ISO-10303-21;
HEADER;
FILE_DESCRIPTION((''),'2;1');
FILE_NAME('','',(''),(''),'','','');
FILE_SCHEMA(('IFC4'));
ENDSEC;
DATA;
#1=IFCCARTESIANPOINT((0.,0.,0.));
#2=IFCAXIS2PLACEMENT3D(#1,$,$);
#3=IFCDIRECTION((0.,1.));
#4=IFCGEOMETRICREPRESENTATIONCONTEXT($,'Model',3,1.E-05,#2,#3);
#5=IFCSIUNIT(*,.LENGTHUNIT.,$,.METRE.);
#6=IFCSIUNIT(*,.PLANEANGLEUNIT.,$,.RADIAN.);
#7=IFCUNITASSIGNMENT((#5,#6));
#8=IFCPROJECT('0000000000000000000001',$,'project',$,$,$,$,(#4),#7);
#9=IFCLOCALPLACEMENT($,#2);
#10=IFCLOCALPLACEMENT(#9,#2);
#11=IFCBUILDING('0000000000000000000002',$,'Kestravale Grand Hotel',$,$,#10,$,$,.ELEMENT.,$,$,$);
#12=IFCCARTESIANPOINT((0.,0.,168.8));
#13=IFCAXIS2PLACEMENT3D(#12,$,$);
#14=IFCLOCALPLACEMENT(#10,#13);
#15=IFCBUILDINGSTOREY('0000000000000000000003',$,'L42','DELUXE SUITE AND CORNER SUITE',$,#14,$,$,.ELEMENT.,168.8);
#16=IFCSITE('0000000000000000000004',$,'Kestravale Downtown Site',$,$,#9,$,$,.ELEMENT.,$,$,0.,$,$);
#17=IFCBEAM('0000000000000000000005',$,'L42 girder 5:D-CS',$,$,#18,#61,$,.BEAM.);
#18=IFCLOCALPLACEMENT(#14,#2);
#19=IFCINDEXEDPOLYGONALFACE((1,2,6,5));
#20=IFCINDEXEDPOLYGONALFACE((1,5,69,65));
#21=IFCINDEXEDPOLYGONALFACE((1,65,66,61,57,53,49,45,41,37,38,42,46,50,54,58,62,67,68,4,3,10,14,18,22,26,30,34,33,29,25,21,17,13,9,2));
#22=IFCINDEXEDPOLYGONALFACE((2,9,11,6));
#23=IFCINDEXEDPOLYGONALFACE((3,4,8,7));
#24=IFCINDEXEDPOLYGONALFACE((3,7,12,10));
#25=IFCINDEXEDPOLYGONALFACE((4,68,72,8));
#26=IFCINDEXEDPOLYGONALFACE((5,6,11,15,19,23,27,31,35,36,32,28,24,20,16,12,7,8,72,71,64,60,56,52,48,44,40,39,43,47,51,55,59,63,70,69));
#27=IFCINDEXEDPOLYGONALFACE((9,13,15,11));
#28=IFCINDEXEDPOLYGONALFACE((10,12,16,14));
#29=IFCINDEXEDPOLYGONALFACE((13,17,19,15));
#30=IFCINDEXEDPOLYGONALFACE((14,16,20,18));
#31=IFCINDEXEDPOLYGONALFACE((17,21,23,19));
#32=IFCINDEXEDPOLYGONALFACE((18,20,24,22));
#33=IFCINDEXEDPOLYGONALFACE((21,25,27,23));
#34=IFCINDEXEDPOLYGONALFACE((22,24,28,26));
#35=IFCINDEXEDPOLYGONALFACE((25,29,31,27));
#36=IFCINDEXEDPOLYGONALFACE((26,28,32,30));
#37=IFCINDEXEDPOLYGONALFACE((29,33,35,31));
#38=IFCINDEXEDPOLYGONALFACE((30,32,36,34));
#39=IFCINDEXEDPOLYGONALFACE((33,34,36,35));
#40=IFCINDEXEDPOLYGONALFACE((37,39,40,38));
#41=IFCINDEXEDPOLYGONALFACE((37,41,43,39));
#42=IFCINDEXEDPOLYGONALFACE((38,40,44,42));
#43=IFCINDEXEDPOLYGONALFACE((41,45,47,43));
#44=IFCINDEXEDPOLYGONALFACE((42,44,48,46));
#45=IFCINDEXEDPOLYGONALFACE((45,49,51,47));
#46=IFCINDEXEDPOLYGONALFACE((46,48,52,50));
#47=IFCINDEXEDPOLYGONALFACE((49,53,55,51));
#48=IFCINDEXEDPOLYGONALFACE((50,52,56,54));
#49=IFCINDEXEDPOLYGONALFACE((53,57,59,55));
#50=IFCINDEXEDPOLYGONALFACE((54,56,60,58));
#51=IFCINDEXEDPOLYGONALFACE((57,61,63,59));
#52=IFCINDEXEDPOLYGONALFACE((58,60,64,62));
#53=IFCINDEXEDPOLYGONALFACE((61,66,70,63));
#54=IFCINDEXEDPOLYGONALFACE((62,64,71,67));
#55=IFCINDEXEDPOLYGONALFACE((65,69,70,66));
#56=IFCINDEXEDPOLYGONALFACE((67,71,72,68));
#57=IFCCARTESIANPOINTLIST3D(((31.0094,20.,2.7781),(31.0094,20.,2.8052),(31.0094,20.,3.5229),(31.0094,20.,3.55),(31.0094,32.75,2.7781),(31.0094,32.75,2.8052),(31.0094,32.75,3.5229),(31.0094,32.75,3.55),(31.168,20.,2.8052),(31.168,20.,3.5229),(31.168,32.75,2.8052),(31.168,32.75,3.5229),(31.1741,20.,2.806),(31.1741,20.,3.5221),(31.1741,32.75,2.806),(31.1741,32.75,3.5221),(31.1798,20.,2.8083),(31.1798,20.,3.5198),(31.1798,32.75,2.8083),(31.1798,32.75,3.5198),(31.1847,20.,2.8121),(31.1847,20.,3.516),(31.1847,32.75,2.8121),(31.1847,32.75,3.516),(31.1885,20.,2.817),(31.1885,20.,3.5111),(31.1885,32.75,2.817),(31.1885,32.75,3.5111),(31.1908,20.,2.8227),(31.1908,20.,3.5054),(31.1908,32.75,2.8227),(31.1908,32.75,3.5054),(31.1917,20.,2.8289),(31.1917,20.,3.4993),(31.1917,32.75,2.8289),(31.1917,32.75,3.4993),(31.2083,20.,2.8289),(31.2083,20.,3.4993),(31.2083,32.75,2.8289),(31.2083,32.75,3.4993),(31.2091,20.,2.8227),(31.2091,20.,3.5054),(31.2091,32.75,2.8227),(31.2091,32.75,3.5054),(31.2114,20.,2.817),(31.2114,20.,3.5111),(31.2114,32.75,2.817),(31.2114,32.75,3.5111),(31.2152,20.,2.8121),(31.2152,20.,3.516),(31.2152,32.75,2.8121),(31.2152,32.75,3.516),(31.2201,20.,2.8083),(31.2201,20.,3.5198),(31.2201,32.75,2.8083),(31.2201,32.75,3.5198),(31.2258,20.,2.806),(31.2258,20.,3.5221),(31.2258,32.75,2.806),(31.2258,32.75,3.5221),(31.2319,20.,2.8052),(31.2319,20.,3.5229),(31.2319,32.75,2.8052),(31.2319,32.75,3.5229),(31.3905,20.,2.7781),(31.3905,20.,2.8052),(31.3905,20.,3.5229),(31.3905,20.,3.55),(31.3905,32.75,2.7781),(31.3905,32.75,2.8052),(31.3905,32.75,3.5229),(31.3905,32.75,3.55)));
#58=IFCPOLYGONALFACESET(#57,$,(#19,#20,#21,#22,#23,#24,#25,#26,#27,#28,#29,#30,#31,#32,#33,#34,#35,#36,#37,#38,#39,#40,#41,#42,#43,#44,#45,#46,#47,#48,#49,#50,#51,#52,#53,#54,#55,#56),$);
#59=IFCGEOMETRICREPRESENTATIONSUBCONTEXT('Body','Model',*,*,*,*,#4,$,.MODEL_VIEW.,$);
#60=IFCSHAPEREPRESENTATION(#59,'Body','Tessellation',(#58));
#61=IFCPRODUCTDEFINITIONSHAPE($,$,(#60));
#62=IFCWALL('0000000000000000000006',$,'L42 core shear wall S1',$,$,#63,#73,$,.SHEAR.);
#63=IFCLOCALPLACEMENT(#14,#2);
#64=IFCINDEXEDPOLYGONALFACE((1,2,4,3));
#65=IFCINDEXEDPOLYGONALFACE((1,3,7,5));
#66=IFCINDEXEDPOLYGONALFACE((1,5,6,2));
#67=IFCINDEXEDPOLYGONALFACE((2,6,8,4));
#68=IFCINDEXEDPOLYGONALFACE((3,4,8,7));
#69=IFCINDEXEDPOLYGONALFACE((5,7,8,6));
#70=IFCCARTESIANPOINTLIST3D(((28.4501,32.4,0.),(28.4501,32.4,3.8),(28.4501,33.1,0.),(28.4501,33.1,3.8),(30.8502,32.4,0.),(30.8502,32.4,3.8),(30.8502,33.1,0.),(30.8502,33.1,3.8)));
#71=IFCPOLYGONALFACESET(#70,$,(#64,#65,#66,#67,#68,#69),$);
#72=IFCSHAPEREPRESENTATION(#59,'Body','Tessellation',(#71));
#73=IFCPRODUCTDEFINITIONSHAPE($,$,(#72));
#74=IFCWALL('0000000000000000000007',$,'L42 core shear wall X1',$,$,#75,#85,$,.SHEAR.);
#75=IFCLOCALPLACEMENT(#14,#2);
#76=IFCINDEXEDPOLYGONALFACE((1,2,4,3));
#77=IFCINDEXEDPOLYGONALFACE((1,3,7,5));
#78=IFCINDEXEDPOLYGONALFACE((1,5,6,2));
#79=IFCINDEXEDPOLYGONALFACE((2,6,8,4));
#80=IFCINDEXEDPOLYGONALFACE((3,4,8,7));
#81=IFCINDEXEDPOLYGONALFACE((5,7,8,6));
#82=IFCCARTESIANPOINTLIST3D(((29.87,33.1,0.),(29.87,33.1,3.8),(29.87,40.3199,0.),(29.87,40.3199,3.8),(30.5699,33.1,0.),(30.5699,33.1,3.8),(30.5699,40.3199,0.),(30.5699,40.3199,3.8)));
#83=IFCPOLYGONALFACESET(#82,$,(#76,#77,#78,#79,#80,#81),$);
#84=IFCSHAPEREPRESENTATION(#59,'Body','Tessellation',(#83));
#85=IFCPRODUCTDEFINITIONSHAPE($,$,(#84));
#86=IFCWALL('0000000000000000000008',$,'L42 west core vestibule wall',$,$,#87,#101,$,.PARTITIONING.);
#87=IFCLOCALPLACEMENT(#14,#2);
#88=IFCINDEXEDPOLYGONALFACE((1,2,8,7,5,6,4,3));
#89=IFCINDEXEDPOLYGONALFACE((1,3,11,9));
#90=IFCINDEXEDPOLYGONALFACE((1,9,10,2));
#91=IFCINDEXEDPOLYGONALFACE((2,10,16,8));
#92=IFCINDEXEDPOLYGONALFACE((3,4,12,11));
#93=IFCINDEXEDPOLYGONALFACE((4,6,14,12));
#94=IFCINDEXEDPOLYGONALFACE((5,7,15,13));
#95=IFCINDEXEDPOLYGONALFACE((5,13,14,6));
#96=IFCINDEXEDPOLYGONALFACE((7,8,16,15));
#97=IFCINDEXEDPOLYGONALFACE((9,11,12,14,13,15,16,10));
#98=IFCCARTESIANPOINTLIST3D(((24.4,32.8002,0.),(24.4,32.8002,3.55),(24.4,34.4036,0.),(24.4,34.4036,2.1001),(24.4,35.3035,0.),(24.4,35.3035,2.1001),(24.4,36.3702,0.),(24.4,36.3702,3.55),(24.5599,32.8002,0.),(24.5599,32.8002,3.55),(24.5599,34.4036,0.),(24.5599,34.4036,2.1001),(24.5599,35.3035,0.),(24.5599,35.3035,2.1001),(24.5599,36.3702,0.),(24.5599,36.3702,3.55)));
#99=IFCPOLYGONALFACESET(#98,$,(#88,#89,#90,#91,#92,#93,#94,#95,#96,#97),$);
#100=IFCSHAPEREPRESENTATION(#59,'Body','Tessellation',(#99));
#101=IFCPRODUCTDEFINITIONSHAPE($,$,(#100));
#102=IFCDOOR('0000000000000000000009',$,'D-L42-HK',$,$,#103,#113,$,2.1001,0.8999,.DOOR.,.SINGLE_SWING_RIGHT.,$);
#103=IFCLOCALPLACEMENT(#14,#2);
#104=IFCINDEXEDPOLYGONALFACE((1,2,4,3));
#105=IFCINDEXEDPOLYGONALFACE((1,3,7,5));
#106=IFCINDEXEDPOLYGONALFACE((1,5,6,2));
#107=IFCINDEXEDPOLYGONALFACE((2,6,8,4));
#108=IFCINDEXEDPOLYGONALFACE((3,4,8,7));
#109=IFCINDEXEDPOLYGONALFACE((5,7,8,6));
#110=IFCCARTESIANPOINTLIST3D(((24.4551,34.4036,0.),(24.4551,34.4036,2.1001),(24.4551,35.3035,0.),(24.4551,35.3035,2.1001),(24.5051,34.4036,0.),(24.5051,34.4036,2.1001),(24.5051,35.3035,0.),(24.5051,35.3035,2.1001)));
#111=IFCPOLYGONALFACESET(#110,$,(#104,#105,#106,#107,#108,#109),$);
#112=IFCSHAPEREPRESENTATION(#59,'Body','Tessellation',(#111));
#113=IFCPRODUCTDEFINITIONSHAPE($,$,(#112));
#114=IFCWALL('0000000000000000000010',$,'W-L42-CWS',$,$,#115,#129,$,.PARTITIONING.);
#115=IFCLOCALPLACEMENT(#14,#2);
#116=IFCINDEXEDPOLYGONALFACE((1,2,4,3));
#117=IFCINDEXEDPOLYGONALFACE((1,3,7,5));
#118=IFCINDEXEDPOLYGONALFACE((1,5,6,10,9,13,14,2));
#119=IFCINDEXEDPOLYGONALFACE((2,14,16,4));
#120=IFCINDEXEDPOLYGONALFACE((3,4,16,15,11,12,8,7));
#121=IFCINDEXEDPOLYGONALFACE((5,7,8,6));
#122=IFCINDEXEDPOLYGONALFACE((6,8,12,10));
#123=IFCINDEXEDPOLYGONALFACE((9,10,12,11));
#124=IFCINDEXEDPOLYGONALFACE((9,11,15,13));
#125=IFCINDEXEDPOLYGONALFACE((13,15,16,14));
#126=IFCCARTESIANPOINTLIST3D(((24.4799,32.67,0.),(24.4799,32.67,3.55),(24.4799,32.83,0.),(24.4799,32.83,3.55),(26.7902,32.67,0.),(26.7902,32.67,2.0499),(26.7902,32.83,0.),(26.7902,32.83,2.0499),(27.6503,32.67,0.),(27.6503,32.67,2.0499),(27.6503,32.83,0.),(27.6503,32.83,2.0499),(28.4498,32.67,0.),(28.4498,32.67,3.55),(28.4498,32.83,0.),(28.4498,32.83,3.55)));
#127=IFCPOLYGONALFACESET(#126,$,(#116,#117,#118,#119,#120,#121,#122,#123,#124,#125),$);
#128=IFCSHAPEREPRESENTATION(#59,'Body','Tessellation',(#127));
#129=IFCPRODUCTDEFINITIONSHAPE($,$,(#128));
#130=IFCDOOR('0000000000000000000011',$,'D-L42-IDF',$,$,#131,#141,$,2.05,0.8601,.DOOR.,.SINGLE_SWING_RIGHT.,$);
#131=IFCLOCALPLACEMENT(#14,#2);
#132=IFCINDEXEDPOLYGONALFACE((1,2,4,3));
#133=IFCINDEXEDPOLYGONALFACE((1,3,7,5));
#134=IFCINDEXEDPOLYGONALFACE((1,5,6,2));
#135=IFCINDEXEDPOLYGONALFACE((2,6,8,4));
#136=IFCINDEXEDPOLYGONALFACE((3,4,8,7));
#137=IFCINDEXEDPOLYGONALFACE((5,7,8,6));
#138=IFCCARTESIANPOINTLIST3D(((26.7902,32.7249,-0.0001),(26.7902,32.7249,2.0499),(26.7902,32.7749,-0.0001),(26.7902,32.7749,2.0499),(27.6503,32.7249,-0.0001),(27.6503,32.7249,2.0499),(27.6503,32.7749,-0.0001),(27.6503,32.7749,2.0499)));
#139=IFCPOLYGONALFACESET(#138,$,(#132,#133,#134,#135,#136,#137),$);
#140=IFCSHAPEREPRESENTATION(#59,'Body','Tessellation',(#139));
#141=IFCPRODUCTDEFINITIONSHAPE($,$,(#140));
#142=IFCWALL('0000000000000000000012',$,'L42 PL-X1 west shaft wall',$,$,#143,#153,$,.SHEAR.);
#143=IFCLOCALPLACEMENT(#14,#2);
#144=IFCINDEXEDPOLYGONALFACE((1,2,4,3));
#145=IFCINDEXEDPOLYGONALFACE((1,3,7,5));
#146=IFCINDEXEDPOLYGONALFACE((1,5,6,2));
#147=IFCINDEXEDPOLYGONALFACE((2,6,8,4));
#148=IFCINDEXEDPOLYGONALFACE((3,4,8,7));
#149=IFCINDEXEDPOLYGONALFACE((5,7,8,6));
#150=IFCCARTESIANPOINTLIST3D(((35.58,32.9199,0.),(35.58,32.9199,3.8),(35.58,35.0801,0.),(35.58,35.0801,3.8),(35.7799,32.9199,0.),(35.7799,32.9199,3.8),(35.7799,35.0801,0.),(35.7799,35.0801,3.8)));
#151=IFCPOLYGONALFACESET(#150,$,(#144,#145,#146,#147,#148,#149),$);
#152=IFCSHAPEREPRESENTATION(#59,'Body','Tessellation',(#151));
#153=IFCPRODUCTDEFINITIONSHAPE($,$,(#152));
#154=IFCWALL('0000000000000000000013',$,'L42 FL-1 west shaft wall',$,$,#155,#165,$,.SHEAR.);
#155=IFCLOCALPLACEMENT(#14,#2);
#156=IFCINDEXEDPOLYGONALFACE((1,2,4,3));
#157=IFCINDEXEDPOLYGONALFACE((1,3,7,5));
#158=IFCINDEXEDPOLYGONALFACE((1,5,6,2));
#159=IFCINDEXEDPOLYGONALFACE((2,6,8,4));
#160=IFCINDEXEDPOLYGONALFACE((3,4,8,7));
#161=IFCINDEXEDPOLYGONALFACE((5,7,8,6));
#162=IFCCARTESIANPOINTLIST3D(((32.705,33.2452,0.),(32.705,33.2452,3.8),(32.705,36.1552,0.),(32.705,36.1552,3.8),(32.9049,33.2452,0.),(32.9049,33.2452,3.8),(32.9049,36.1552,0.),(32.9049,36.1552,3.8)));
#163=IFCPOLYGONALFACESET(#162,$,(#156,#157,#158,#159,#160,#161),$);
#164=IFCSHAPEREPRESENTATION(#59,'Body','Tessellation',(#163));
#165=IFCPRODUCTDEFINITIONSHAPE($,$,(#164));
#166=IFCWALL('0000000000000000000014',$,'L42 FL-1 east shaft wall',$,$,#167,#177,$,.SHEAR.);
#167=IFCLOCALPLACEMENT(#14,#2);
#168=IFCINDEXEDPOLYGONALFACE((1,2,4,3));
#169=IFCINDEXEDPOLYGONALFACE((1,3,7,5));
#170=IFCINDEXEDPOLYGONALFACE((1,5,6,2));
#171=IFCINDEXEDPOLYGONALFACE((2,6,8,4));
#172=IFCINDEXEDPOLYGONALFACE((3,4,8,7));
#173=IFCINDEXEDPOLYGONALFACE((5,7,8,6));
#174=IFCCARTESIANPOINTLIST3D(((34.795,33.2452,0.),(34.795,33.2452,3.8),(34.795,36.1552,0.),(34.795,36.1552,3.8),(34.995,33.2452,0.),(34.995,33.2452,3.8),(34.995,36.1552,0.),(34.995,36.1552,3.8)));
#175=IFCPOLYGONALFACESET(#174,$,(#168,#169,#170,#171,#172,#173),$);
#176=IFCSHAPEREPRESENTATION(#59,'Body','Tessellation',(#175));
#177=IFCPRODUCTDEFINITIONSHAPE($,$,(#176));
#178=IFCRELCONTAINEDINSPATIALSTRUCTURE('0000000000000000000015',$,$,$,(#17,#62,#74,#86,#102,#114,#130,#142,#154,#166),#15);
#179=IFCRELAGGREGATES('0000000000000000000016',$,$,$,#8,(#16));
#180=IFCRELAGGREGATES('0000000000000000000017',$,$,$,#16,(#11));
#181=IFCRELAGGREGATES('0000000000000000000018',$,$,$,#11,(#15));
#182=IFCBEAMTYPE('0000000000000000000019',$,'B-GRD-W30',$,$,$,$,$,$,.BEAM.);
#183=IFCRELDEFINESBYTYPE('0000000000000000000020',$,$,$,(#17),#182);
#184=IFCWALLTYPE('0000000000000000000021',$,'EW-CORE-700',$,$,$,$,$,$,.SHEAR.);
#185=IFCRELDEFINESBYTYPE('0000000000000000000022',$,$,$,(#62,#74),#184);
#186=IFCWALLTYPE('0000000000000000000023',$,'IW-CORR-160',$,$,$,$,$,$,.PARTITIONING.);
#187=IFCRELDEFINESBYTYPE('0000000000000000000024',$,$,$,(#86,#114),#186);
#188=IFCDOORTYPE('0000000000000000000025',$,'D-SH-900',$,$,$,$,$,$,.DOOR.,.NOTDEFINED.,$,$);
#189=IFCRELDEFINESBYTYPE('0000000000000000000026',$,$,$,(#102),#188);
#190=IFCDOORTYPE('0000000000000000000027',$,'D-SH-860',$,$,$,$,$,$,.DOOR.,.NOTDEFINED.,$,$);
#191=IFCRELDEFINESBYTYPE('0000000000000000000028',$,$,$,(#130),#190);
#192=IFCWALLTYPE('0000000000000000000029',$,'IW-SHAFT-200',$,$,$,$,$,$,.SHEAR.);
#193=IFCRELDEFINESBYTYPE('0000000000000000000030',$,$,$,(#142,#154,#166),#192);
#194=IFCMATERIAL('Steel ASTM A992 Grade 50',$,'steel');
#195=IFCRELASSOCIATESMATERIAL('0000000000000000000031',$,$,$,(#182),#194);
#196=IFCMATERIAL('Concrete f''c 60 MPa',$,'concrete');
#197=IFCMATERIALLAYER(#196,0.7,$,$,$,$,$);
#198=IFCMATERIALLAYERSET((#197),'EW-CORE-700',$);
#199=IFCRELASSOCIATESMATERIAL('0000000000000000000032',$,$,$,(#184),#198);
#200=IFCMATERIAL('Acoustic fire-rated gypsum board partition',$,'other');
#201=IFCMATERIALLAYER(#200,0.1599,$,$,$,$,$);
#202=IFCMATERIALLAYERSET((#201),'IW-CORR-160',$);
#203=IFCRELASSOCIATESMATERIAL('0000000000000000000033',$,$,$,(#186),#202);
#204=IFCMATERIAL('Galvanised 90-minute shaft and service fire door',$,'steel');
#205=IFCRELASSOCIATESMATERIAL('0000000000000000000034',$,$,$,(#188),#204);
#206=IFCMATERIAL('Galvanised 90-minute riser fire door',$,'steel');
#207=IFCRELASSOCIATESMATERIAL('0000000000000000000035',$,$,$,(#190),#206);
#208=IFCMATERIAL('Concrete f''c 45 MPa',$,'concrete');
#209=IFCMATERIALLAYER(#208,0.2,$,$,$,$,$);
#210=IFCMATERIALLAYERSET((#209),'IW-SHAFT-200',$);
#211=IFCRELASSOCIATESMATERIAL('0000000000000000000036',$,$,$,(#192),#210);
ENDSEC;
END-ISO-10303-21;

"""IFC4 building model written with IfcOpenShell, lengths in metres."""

from ifc_helpers import new_model, si_unit, direction, frame, frame_2d, origin, origin_2d, place, context, subcontext, project, spatial, rectangle, i_section, extrude, material, layer, layer_set, material_profile, profile_set, type_object, element, fill, save


model = new_model("IFC4")

# Units and contexts
model_context = context("Model", 3, precision=1e-05, world=origin(), true_north=direction((0.0, 1.0)))
body_context = subcontext(model_context, "Body", "Model", "MODEL_VIEW")
ifc_project = project(units=[si_unit("LENGTHUNIT", "METRE"), si_unit("PLANEANGLEUNIT", "RADIAN")], contexts=[model_context])

# Site, building, storey
site_placement = place(None, origin())
site = spatial("IfcSite", under=ifc_project, at=site_placement, Name="Kestravale Downtown Site", CompositionType="ELEMENT", RefElevation=0.0)
building_placement = place(site_placement, origin())
building = spatial("IfcBuilding", under=site, at=building_placement, Name="Kestravale Grand Hotel", CompositionType="ELEMENT")
storey_placement = place(building_placement, frame((0.0, 0.0, 168.8)))
storey = spatial("IfcBuildingStorey", under=building, at=storey_placement, Name="L42", Description="DELUXE SUITE AND CORNER SUITE", CompositionType="ELEMENT", Elevation=168.8)

# Beam
ifc_material_1 = material(Name="Steel ASTM A992 Grade 50", Category="steel")
ifc_material_profile_1 = material_profile(ifc_material_1, i_section(OverallWidth=0.3811, OverallDepth=0.772, WebThickness=0.0166, FlangeThickness=0.0271, FilletRadius=0.0237, at=origin_2d()))
ifc_profile_set_1 = profile_set([ifc_material_profile_1], Name="Steel ASTM A992 Grade 50")
beam_type_1 = type_object("IfcBeamType", Name="B-GRD-W30", PredefinedType="BEAM", material=ifc_profile_set_1)
for number, where, z_axis, x_axis, name in (
    (1, (31.2, 20.0, 3.1641), (0.0, 1.0, 0.0), (-1.0, 0.0, 0.0), "L42 girder 5:D-CS"),
):
    element("IfcBeam", number, at=place(storey_placement, frame(where, z_axis=z_axis, x_axis=x_axis)), inside=storey, type_object=beam_type_1, Name=name, PredefinedType="BEAM", context=body_context, shape_type="SweptSolid", body=[
        extrude(i_section(OverallWidth=0.3811, OverallDepth=0.772, WebThickness=0.0166, FlangeThickness=0.0271, FilletRadius=0.0237, at=origin_2d()), origin(), (0.0, 0.0, 1.0), 12.75),
    ])

# Walls
ifc_material_2 = material(Name="Concrete f'c 60 MPa", Category="concrete")
ifc_layer_1 = layer(ifc_material_2, 0.7)
ifc_layer_set_1 = layer_set([ifc_layer_1], Name="EW-CORE-700")
wall_type_1 = type_object("IfcWallType", Name="EW-CORE-700", PredefinedType="SHEAR", material=ifc_layer_set_1)
wall_1_placement = place(storey_placement, frame((28.45, 32.75, 0.0), z_axis=(0.0, 0.0, 1.0), x_axis=(1.0, 0.0, 0.0)))
element("IfcWall", 2, at=wall_1_placement, inside=storey, type_object=wall_type_1, Name="L42 core shear wall S1", PredefinedType="SHEAR", context=body_context, shape_type="SweptSolid", body=[
    extrude(rectangle(XDim=2.4001, YDim=0.7, at=frame_2d((1.2002, 0.0))), origin(), (0.0, 0.0, 1.0), 3.8),
])
wall_2_placement = place(storey_placement, frame((30.22, 33.1001, 0.0), z_axis=(0.0, 0.0, 1.0), x_axis=(0.0, 1.0, 0.0)))
element("IfcWall", 3, at=wall_2_placement, inside=storey, type_object=wall_type_1, Name="L42 core shear wall X1", PredefinedType="SHEAR", context=body_context, shape_type="SweptSolid", body=[
    extrude(rectangle(XDim=7.22, YDim=0.7, at=frame_2d((3.6099, 0.0))), origin(), (0.0, 0.0, 1.0), 3.8),
])

# Walls, openings, doors
ifc_material_3 = material(Name="Acoustic fire-rated gypsum board partition", Category="other")
ifc_layer_2 = layer(ifc_material_3, 0.1599)
ifc_layer_set_2 = layer_set([ifc_layer_2], Name="IW-CORR-160")
wall_type_2 = type_object("IfcWallType", Name="IW-CORR-160", PredefinedType="PARTITIONING", material=ifc_layer_set_2)
wall_3_placement = place(storey_placement, frame((24.48, 32.8, 0.0), z_axis=(0.0, 0.0, 1.0), x_axis=(0.0, 1.0, 0.0)))
wall_3 = element("IfcWall", 4, at=wall_3_placement, inside=storey, type_object=wall_type_2, Name="L42 west core vestibule wall", PredefinedType="PARTITIONING", context=body_context, shape_type="SweptSolid", body=[
    extrude(rectangle(XDim=3.5701, YDim=0.1599, at=frame_2d((1.7852, 0.0))), origin(), (0.0, 0.0, 1.0), 3.55),
])
opening_1_placement = place(wall_3_placement, frame((1.6035, 0.0, 0.0)))
opening_1 = element("IfcOpeningElement", 5, at=opening_1_placement, cuts=wall_3, PredefinedType="OPENING", context=body_context, shape_type="SweptSolid", body=[
    extrude(rectangle(XDim=0.8999, YDim=2.1001, at=frame_2d((0.45, 1.05))), frame((0.0, 0.0898, 0.0), z_axis=(0.0, -1.0, 0.0), x_axis=(1.0, 0.0, 0.0)), (0.0, 0.0, 1.0), 0.1799),
])
ifc_material_4 = material(Name="Galvanised 90-minute shaft and service fire door", Category="steel")
door_type_1 = type_object("IfcDoorType", Name="D-SH-900", OperationType="NOTDEFINED", PredefinedType="DOOR", material=ifc_material_4)
door_1_placement = place(opening_1_placement, origin())
door_1 = element("IfcDoor", 6, at=door_1_placement, inside=storey, type_object=door_type_1, Name="D-L42-HK", OperationType="SINGLE_SWING_RIGHT", OverallHeight=2.1001, OverallWidth=0.8999, PredefinedType="DOOR", context=body_context, shape_type="SweptSolid", body=[
    extrude(rectangle(XDim=0.8999, YDim=2.1001, at=frame_2d((0.45, 1.05))), frame((0.0, 0.0249, 0.0), z_axis=(0.0, -1.0, 0.0), x_axis=(1.0, 0.0, 0.0)), (0.0, 0.0, 1.0), 0.05),
])
fill(opening_1, door_1)
wall_4_placement = place(storey_placement, frame((24.48, 32.75, 0.0), z_axis=(0.0, 0.0, 1.0), x_axis=(1.0, 0.0, 0.0)))
wall_4 = element("IfcWall", 7, at=wall_4_placement, inside=storey, type_object=wall_type_2, Name="W-L42-CWS", PredefinedType="PARTITIONING", context=body_context, shape_type="SweptSolid", body=[
    extrude(rectangle(XDim=3.97, YDim=0.1599, at=frame_2d((1.9849, 0.0))), origin(), (0.0, 0.0, 1.0), 3.55),
])
opening_2_placement = place(wall_4_placement, frame((2.3101, 0.0, 0.0)))
opening_2 = element("IfcOpeningElement", 8, at=opening_2_placement, cuts=wall_4, PredefinedType="OPENING", context=body_context, shape_type="SweptSolid", body=[
    extrude(rectangle(XDim=0.8601, YDim=2.05, at=frame_2d((0.4302, 1.0249))), frame((0.0, 0.0898, 0.0), z_axis=(0.0, -1.0, 0.0), x_axis=(1.0, 0.0, 0.0)), (0.0, 0.0, 1.0), 0.1799),
])
ifc_material_5 = material(Name="Galvanised 90-minute riser fire door", Category="steel")
door_type_2 = type_object("IfcDoorType", Name="D-SH-860", OperationType="NOTDEFINED", PredefinedType="DOOR", material=ifc_material_5)
door_2_placement = place(opening_2_placement, origin())
door_2 = element("IfcDoor", 9, at=door_2_placement, inside=storey, type_object=door_type_2, Name="D-L42-IDF", OperationType="SINGLE_SWING_RIGHT", OverallHeight=2.05, OverallWidth=0.8601, PredefinedType="DOOR", context=body_context, shape_type="SweptSolid", body=[
    extrude(rectangle(XDim=0.8601, YDim=2.05, at=frame_2d((0.4302, 1.0249))), frame((0.0, 0.0249, 0.0), z_axis=(0.0, -1.0, 0.0), x_axis=(1.0, 0.0, 0.0)), (0.0, 0.0, 1.0), 0.05),
])
fill(opening_2, door_2)

# Walls
ifc_material_6 = material(Name="Concrete f'c 45 MPa", Category="concrete")
ifc_layer_3 = layer(ifc_material_6, 0.2)
ifc_layer_set_3 = layer_set([ifc_layer_3], Name="IW-SHAFT-200")
wall_type_3 = type_object("IfcWallType", Name="IW-SHAFT-200", PredefinedType="SHEAR", material=ifc_layer_set_3)
wall_5_placement = place(storey_placement, frame((35.6799, 32.9199, 0.0), z_axis=(0.0, 0.0, 1.0), x_axis=(0.0, 1.0, 0.0)))
element("IfcWall", 10, at=wall_5_placement, inside=storey, type_object=wall_type_3, Name="L42 PL-X1 west shaft wall", PredefinedType="SHEAR", context=body_context, shape_type="SweptSolid", body=[
    extrude(rectangle(XDim=2.1602, YDim=0.2, at=frame_2d((1.0801, 0.0))), origin(), (0.0, 0.0, 1.0), 3.8),
])
for number, where, z_axis, x_axis, name in (
    (11, (32.8049, 33.2451, 0.0), (0.0, 0.0, 1.0), (0.0, 1.0, 0.0), "L42 FL-1 west shaft wall"),
    (12, (34.895, 33.2451, 0.0), (0.0, 0.0, 1.0), (0.0, 1.0, 0.0), "L42 FL-1 east shaft wall"),
):
    element("IfcWall", number, at=place(storey_placement, frame(where, z_axis=z_axis, x_axis=x_axis)), inside=storey, type_object=wall_type_3, Name=name, PredefinedType="SHEAR", context=body_context, shape_type="SweptSolid", body=[
        extrude(rectangle(XDim=2.9099, YDim=0.2, at=frame_2d((1.4551, 0.0))), origin(), (0.0, 0.0, 1.0), 3.8),
    ])

save(model, "model.ifc")
